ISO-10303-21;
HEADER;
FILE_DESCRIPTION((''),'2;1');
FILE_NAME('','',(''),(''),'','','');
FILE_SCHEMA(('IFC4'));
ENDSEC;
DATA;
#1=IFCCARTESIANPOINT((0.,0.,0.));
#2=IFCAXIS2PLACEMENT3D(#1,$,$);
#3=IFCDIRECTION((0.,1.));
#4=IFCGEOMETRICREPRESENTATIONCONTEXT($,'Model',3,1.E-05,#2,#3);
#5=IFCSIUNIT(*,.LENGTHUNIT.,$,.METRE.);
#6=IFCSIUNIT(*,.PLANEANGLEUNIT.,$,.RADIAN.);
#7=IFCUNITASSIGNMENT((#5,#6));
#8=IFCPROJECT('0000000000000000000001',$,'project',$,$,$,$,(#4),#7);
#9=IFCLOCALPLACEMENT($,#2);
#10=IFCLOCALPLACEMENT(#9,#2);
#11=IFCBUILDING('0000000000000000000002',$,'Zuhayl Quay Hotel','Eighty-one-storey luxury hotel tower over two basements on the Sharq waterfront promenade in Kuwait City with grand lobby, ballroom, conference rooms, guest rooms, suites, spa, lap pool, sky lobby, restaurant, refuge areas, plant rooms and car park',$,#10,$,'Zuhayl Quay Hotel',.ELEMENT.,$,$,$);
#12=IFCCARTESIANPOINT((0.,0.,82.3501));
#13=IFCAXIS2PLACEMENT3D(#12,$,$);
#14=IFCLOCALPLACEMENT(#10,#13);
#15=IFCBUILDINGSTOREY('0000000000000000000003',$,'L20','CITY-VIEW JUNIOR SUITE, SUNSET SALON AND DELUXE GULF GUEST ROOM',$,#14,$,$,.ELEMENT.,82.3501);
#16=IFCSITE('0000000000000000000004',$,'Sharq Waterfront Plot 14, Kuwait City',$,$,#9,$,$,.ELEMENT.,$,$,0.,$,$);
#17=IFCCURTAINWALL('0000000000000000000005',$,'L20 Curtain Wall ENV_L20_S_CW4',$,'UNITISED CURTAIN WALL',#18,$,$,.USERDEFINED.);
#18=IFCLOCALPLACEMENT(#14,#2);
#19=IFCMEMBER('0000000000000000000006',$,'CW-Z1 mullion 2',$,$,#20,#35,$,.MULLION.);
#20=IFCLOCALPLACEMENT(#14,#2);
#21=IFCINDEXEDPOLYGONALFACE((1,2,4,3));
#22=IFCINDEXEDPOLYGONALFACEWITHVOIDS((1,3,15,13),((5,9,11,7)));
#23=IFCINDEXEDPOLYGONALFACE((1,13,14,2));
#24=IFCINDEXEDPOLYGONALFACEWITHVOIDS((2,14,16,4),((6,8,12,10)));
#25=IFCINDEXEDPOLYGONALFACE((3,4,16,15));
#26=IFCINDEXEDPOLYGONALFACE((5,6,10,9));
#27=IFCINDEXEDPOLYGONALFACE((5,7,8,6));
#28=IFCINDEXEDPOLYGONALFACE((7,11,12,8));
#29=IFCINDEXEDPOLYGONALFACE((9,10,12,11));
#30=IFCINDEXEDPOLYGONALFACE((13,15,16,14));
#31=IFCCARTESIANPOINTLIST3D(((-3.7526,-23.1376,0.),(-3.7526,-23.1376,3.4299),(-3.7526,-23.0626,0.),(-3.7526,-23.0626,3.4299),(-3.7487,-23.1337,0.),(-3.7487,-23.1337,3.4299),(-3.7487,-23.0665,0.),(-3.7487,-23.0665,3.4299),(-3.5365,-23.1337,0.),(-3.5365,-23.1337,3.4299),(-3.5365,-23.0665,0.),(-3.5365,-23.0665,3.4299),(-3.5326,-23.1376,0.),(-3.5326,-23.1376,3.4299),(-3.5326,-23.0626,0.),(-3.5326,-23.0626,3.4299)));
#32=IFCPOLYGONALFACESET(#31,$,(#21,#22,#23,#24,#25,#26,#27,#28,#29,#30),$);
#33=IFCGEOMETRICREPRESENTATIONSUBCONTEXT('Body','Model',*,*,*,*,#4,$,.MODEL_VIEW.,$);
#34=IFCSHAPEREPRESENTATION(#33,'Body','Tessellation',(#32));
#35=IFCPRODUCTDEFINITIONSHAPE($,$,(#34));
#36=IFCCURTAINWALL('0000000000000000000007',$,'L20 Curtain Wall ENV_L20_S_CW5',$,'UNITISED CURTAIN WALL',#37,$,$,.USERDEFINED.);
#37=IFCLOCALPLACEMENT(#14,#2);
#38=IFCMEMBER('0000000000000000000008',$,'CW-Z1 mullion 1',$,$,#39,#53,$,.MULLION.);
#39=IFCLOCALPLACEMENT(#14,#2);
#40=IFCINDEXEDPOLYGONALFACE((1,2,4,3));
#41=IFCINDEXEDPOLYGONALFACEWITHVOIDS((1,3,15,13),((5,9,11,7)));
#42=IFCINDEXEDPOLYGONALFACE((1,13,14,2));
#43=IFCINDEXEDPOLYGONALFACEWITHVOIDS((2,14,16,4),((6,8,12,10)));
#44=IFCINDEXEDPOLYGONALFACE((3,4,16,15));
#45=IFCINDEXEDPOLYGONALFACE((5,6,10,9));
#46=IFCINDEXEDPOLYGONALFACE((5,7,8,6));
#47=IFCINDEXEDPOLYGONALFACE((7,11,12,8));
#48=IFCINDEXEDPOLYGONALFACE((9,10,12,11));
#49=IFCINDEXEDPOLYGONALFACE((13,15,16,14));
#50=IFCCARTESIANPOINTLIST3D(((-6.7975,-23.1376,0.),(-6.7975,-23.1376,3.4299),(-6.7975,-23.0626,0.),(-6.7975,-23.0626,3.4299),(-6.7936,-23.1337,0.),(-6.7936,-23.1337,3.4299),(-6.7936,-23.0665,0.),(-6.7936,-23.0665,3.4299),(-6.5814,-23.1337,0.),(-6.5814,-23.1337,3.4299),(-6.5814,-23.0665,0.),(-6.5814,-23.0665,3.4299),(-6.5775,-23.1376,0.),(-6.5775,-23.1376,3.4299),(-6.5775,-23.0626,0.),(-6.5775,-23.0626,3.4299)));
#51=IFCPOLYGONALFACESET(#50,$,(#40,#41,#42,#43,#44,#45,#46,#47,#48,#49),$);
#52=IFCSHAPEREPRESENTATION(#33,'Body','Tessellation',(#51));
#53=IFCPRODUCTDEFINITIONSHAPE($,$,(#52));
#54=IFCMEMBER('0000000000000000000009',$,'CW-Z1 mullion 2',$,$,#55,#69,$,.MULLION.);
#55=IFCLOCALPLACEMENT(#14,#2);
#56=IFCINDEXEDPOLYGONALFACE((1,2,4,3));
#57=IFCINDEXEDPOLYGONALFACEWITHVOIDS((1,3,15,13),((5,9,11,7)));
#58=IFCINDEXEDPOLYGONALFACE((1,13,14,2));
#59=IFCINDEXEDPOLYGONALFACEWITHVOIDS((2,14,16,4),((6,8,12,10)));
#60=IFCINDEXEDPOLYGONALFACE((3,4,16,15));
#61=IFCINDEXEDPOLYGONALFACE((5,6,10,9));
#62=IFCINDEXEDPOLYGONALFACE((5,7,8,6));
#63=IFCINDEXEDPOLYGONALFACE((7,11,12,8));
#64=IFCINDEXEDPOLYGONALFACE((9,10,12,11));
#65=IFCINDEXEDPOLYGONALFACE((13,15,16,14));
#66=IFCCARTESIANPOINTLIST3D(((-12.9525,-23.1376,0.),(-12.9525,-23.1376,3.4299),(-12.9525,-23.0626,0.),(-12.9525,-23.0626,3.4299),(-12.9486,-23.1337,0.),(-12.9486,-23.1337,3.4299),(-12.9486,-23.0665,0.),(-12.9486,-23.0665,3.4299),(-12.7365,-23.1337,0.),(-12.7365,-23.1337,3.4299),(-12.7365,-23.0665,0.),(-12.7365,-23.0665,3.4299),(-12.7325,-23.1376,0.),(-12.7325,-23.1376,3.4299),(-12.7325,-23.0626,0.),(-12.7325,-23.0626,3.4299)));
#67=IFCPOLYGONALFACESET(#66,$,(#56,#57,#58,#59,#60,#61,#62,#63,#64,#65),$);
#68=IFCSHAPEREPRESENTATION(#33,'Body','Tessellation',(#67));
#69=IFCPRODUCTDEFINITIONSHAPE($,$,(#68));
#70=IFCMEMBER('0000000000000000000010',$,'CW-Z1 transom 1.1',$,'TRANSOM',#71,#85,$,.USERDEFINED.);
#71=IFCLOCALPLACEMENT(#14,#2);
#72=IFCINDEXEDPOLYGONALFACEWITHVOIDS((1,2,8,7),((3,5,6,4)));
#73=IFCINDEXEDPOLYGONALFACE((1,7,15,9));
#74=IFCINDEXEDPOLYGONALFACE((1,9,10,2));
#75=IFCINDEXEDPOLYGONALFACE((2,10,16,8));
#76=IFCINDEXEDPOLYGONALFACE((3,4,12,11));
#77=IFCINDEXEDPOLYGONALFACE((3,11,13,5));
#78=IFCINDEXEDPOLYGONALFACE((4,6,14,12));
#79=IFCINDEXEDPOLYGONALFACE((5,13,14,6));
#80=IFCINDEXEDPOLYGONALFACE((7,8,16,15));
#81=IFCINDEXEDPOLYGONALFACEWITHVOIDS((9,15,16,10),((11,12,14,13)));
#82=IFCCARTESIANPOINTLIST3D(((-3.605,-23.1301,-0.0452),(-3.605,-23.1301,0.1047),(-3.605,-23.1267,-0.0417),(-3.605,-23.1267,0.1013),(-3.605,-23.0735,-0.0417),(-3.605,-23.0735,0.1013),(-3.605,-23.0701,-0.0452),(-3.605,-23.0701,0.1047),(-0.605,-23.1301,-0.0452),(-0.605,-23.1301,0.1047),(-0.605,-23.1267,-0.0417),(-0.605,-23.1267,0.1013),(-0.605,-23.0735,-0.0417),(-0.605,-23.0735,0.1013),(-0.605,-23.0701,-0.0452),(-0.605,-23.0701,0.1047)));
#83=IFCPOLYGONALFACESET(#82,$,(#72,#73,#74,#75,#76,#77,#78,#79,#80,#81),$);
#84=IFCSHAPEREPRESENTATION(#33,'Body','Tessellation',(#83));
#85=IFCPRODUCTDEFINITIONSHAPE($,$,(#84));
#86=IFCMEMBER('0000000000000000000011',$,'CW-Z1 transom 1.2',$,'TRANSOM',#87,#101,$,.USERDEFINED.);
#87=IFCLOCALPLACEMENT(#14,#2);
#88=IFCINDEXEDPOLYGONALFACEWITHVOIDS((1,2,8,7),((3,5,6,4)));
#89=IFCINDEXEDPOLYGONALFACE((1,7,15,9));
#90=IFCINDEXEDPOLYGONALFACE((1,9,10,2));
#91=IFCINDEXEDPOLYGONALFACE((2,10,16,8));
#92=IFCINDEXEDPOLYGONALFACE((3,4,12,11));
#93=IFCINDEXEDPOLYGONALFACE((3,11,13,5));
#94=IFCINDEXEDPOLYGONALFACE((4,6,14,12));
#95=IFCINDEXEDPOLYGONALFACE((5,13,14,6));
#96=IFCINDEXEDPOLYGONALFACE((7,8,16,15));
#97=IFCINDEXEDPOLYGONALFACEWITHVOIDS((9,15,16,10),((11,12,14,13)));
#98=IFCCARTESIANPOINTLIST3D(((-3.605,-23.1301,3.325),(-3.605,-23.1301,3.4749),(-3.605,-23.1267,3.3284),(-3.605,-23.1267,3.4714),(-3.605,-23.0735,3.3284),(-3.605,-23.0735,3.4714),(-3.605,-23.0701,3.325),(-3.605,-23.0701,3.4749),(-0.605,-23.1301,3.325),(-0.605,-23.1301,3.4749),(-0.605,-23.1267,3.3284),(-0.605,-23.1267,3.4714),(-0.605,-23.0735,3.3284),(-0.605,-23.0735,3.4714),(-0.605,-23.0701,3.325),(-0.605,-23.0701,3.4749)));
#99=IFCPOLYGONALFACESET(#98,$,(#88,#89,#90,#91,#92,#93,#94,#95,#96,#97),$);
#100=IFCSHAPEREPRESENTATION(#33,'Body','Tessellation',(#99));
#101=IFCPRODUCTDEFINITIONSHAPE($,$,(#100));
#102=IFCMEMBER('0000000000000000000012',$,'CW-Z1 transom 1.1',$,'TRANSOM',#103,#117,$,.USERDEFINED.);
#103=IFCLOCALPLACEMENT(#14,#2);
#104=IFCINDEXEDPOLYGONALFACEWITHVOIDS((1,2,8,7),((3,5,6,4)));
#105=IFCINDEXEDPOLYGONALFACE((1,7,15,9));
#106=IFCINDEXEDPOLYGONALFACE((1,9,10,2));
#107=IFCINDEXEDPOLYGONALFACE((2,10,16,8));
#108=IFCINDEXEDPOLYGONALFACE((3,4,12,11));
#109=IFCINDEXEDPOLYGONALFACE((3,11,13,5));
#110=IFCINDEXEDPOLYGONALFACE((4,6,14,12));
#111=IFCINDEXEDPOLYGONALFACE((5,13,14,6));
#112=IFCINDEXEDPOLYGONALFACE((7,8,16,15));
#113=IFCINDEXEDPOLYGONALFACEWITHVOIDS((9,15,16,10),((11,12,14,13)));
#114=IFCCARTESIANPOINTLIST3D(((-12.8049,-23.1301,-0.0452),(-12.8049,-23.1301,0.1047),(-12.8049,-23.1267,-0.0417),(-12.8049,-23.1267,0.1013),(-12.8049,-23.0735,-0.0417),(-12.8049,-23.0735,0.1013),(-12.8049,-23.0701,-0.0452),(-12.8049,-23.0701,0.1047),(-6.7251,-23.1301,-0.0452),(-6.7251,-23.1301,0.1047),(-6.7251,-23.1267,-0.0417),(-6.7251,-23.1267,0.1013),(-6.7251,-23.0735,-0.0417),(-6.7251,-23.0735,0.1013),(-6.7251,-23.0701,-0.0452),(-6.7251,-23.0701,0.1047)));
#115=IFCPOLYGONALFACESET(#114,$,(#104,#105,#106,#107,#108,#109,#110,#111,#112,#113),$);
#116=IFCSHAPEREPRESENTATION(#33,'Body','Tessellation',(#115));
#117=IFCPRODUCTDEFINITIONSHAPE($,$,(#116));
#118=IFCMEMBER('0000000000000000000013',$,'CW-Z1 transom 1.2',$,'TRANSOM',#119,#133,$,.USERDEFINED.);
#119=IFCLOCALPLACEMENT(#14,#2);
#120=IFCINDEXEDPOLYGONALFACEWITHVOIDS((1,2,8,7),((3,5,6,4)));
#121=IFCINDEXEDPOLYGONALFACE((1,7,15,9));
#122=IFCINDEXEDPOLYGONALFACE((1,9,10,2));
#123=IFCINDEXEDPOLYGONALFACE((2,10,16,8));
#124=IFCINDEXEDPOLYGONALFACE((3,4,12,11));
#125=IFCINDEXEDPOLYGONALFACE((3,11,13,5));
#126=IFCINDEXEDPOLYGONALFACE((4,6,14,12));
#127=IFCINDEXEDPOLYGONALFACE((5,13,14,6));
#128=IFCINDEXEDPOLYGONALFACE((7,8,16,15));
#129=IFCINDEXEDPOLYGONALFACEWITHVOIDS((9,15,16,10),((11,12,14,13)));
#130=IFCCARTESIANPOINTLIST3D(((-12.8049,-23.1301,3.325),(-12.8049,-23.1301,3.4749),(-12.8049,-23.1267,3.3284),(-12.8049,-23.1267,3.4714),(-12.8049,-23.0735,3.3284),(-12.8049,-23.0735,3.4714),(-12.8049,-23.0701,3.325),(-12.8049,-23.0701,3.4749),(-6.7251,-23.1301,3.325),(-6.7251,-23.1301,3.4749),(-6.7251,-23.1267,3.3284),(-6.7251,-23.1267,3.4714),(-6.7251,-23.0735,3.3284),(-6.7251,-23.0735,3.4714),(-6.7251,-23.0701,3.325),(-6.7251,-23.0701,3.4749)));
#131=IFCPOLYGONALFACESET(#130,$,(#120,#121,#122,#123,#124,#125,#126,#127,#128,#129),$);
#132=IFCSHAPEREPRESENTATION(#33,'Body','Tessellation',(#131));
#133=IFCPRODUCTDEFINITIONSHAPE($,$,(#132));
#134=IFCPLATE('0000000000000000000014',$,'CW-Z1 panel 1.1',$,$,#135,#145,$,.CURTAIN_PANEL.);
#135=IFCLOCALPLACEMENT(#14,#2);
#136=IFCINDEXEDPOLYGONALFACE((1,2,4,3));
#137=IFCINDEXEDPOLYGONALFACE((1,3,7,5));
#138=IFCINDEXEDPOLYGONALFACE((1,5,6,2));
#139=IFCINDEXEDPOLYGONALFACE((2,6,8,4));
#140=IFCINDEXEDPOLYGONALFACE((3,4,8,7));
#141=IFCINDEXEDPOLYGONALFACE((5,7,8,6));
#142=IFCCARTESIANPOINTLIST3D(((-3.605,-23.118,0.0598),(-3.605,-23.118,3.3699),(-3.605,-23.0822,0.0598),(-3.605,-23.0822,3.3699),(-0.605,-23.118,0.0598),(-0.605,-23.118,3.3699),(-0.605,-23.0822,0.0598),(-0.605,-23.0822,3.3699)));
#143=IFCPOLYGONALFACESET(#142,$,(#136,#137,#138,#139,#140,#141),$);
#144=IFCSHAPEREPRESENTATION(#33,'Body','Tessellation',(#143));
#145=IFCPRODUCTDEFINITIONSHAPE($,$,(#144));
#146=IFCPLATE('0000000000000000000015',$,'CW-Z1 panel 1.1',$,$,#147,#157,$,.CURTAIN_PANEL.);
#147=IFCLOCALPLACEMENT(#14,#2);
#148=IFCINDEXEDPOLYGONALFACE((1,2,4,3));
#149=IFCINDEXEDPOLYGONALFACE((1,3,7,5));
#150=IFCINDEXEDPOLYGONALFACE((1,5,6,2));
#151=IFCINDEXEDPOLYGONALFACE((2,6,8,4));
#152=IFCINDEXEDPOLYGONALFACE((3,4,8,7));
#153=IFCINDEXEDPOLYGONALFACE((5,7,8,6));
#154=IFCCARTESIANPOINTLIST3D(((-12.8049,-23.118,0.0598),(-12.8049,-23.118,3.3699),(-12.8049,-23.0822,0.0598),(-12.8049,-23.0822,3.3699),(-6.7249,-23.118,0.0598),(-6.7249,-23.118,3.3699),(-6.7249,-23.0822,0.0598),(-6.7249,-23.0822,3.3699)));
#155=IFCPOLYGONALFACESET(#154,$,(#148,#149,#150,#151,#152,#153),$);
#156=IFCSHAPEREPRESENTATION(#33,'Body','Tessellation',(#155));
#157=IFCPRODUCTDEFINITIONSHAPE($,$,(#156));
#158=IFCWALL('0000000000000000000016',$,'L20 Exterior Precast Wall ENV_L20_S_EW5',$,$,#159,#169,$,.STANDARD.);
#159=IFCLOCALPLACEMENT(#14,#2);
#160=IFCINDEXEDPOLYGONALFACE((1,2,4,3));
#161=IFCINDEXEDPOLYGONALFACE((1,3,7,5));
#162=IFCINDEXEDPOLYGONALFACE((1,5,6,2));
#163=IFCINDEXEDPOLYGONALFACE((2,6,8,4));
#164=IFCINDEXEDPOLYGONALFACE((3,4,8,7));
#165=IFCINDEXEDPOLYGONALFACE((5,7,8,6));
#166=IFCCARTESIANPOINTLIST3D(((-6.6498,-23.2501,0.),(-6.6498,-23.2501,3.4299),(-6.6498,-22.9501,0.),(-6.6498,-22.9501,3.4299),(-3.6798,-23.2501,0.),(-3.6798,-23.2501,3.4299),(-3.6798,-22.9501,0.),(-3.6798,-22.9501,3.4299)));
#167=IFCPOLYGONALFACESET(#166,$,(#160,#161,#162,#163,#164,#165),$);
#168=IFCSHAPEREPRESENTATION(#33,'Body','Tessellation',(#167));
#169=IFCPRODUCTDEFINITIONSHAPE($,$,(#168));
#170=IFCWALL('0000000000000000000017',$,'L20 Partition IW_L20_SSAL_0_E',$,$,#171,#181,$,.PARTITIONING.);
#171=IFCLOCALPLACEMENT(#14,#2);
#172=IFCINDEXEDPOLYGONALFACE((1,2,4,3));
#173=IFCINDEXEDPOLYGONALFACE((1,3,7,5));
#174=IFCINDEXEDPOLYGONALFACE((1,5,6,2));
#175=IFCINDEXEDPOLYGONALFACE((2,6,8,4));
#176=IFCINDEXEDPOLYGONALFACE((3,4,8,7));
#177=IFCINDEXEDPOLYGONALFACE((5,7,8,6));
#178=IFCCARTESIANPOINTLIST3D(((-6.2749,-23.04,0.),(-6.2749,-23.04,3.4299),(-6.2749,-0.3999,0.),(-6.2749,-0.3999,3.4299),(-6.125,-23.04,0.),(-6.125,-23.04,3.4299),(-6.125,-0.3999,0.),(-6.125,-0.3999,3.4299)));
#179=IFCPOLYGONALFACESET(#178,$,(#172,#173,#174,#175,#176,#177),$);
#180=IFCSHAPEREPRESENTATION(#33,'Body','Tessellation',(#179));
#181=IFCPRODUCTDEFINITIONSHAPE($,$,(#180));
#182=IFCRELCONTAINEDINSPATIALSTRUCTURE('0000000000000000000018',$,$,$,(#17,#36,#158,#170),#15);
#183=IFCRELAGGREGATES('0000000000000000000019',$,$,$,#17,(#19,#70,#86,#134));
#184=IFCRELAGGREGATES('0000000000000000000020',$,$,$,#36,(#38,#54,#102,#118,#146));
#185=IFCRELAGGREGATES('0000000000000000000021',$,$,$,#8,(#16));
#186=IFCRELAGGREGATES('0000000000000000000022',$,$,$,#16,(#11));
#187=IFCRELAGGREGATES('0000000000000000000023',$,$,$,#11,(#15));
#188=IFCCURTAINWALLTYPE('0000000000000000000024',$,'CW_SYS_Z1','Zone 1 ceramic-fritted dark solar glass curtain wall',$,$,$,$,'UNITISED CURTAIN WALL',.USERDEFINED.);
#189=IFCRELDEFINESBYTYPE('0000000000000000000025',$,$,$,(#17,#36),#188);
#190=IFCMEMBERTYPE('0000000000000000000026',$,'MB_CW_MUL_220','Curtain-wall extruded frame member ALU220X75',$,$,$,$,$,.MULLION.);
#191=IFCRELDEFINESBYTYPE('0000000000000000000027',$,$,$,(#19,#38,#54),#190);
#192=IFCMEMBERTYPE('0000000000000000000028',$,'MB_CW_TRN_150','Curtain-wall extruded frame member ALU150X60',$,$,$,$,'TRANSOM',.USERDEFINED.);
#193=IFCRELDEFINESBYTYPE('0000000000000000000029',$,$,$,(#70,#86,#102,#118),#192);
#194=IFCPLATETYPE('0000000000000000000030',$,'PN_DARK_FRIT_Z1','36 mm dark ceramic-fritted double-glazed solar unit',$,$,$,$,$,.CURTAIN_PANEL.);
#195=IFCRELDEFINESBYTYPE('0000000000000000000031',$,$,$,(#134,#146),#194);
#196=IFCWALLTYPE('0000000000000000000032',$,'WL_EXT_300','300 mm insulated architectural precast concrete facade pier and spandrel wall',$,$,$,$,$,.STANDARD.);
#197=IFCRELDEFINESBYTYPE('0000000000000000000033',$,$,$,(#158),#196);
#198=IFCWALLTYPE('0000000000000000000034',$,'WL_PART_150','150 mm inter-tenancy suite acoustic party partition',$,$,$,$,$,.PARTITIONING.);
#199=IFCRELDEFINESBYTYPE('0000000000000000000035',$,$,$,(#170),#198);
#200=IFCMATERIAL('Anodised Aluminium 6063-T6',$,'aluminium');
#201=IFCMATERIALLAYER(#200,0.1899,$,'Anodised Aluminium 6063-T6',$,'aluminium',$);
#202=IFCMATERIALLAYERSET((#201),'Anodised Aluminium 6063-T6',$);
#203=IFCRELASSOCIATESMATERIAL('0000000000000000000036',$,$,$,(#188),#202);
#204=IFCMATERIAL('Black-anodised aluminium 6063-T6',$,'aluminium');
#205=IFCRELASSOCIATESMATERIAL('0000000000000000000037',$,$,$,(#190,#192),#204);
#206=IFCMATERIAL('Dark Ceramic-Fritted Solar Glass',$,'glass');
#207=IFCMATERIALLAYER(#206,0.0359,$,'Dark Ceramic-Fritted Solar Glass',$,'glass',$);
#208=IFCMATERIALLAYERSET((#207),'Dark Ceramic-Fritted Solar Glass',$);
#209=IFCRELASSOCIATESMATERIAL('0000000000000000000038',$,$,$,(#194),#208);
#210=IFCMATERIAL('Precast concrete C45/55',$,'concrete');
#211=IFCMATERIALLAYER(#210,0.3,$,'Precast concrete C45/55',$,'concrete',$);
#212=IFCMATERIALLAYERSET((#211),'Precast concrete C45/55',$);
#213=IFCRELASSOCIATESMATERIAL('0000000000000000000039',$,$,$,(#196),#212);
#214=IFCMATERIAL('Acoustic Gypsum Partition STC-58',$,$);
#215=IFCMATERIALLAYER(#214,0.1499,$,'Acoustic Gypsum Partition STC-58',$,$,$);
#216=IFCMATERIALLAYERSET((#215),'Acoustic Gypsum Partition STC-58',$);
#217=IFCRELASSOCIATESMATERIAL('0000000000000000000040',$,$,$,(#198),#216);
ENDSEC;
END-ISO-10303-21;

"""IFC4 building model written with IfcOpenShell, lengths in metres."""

from ifc_helpers import new_model, si_unit, direction, frame, frame_2d, origin, origin_2d, place, context, subcontext, project, spatial, rectangle, hollow_rectangle, extrude, material, layer, layer_set, material_profile, profile_set, type_object, element, aggregate, save


model = new_model("IFC4")

# Units and contexts
model_context = context("Model", 3, precision=1e-05, world=origin(), true_north=direction((0.0, 1.0)))
body_context = subcontext(model_context, "Body", "Model", "MODEL_VIEW")
ifc_project = project(units=[si_unit("LENGTHUNIT", "METRE"), si_unit("PLANEANGLEUNIT", "RADIAN")], contexts=[model_context])

# Site, building, storey
site_placement = place(None, origin())
site = spatial("IfcSite", under=ifc_project, at=site_placement, Name="Sharq Waterfront Plot 14, Kuwait City", CompositionType="ELEMENT", RefElevation=0.0)
building_placement = place(site_placement, origin())
building = spatial("IfcBuilding", under=site, at=building_placement, Name="Zuhayl Quay Hotel", Description="Eighty-one-storey luxury hotel tower over two basements on the Sharq waterfront promenade in Kuwait City with grand lobby, ballroom, conference rooms, guest rooms, suites, spa, lap pool, sky lobby, restaurant, refuge areas, plant rooms and car park", LongName="Zuhayl Quay Hotel", CompositionType="ELEMENT")
storey_placement = place(building_placement, frame((0.0, 0.0, 82.3501)))
storey = spatial("IfcBuildingStorey", under=building, at=storey_placement, Name="L20", Description="CITY-VIEW JUNIOR SUITE, SUNSET SALON AND DELUXE GULF GUEST ROOM", CompositionType="ELEMENT", Elevation=82.3501)

# Curtain walls, members
ifc_material_1 = material(Name="Anodised Aluminium 6063-T6", Category="aluminium")
ifc_layer_1 = layer(ifc_material_1, 0.1899, Name="Anodised Aluminium 6063-T6", Category="aluminium")
ifc_layer_set_1 = layer_set([ifc_layer_1], Name="Anodised Aluminium 6063-T6")
curtain_wall_type = type_object("IfcCurtainWallType", Name="CW_SYS_Z1", Description="Zone 1 ceramic-fritted dark solar glass curtain wall", ElementType="UNITISED CURTAIN WALL", PredefinedType="USERDEFINED", material=ifc_layer_set_1)
curtain_wall_1_placement = place(storey_placement, origin())
curtain_wall_1 = element("IfcCurtainWall", 1, at=curtain_wall_1_placement, inside=storey, type_object=curtain_wall_type, Name="L20 Curtain Wall ENV_L20_S_CW4", ObjectType="UNITISED CURTAIN WALL", PredefinedType="USERDEFINED")
ifc_material_2 = material(Name="Black-anodised aluminium 6063-T6", Category="aluminium")
ifc_material_profile_1 = material_profile(ifc_material_2, hollow_rectangle(XDim=0.075, YDim=0.22, WallThickness=0.0039, at=origin_2d()), Name="ALU220X75")
ifc_profile_set_1 = profile_set([ifc_material_profile_1], Name="Black-anodised aluminium 6063-T6")
member_type_1 = type_object("IfcMemberType", Name="MB_CW_MUL_220", Description="Curtain-wall extruded frame member ALU220X75", PredefinedType="MULLION", material=ifc_profile_set_1)
member_1_placement = place(storey_placement, frame((-3.6426, -23.1001, 0.0), z_axis=(0.0, 0.0, 1.0), x_axis=(0.0, -1.0, 0.0)))
member_1 = element("IfcMember", 2, at=member_1_placement, type_object=member_type_1, Name="CW-Z1 mullion 2", PredefinedType="MULLION", context=body_context, shape_type="SweptSolid", body=[
    extrude(hollow_rectangle(XDim=0.075, YDim=0.22, WallThickness=0.0039, at=origin_2d()), origin(), (0.0, 0.0, 1.0), 3.4299),
])
curtain_wall_2_placement = place(storey_placement, origin())
curtain_wall_2 = element("IfcCurtainWall", 3, at=curtain_wall_2_placement, inside=storey, type_object=curtain_wall_type, Name="L20 Curtain Wall ENV_L20_S_CW5", ObjectType="UNITISED CURTAIN WALL", PredefinedType="USERDEFINED")
member_2_placement = place(storey_placement, frame((-6.6875, -23.1001, 0.0), z_axis=(0.0, 0.0, 1.0), x_axis=(0.0, -1.0, 0.0)))
member_2 = element("IfcMember", 4, at=member_2_placement, type_object=member_type_1, Name="CW-Z1 mullion 1", PredefinedType="MULLION", context=body_context, shape_type="SweptSolid", body=[
    extrude(hollow_rectangle(XDim=0.075, YDim=0.22, WallThickness=0.0039, at=origin_2d()), origin(), (0.0, 0.0, 1.0), 3.4299),
])
member_3_placement = place(storey_placement, frame((-12.8425, -23.1001, 0.0), z_axis=(0.0, 0.0, 1.0), x_axis=(0.0, -1.0, 0.0)))
member_3 = element("IfcMember", 5, at=member_3_placement, type_object=member_type_1, Name="CW-Z1 mullion 2", PredefinedType="MULLION", context=body_context, shape_type="SweptSolid", body=[
    extrude(hollow_rectangle(XDim=0.075, YDim=0.22, WallThickness=0.0039, at=origin_2d()), origin(), (0.0, 0.0, 1.0), 3.4299),
])

# Members
ifc_material_profile_2 = material_profile(ifc_material_2, hollow_rectangle(XDim=0.0601, YDim=0.1499, WallThickness=0.0034, at=origin_2d()), Name="ALU150X60")
ifc_profile_set_2 = profile_set([ifc_material_profile_2], Name="Black-anodised aluminium 6063-T6")
member_type_2 = type_object("IfcMemberType", Name="MB_CW_TRN_150", Description="Curtain-wall extruded frame member ALU150X60", ElementType="TRANSOM", PredefinedType="USERDEFINED", material=ifc_profile_set_2)
member_4_placement = place(storey_placement, frame((-0.605, -23.1001, 0.0298), z_axis=(-1.0, 0.0, 0.0), x_axis=(0.0, -1.0, 0.0)))
member_4 = element("IfcMember", 6, at=member_4_placement, type_object=member_type_2, Name="CW-Z1 transom 1.1", ObjectType="TRANSOM", PredefinedType="USERDEFINED", context=body_context, shape_type="SweptSolid", body=[
    extrude(hollow_rectangle(XDim=0.0601, YDim=0.1499, WallThickness=0.0034, at=origin_2d()), origin(), (0.0, 0.0, 1.0), 3.0),
])
member_5_placement = place(storey_placement, frame((-0.605, -23.1001, 3.3999), z_axis=(-1.0, 0.0, 0.0), x_axis=(0.0, -1.0, 0.0)))
member_5 = element("IfcMember", 7, at=member_5_placement, type_object=member_type_2, Name="CW-Z1 transom 1.2", ObjectType="TRANSOM", PredefinedType="USERDEFINED", context=body_context, shape_type="SweptSolid", body=[
    extrude(hollow_rectangle(XDim=0.0601, YDim=0.1499, WallThickness=0.0034, at=origin_2d()), origin(), (0.0, 0.0, 1.0), 3.0),
])
member_6_placement = place(storey_placement, frame((-6.7251, -23.1001, 0.0298), z_axis=(-1.0, 0.0, 0.0), x_axis=(0.0, -1.0, 0.0)))
member_6 = element("IfcMember", 8, at=member_6_placement, type_object=member_type_2, Name="CW-Z1 transom 1.1", ObjectType="TRANSOM", PredefinedType="USERDEFINED", context=body_context, shape_type="SweptSolid", body=[
    extrude(hollow_rectangle(XDim=0.0601, YDim=0.1499, WallThickness=0.0034, at=origin_2d()), origin(), (0.0, 0.0, 1.0), 6.0798),
])
member_7_placement = place(storey_placement, frame((-6.7251, -23.1001, 3.3999), z_axis=(-1.0, 0.0, 0.0), x_axis=(0.0, -1.0, 0.0)))
member_7 = element("IfcMember", 9, at=member_7_placement, type_object=member_type_2, Name="CW-Z1 transom 1.2", ObjectType="TRANSOM", PredefinedType="USERDEFINED", context=body_context, shape_type="SweptSolid", body=[
    extrude(hollow_rectangle(XDim=0.0601, YDim=0.1499, WallThickness=0.0034, at=origin_2d()), origin(), (0.0, 0.0, 1.0), 6.0798),
])

# Plates
ifc_material_3 = material(Name="Dark Ceramic-Fritted Solar Glass", Category="glass")
ifc_layer_2 = layer(ifc_material_3, 0.0359, Name="Dark Ceramic-Fritted Solar Glass", Category="glass")
ifc_layer_set_2 = layer_set([ifc_layer_2], Name="Dark Ceramic-Fritted Solar Glass")
plate_type = type_object("IfcPlateType", Name="PN_DARK_FRIT_Z1", Description="36 mm dark ceramic-fritted double-glazed solar unit", PredefinedType="CURTAIN_PANEL", material=ifc_layer_set_2)
plate_1_placement = place(storey_placement, frame((-2.105, -23.1001, 0.0598), z_axis=(0.0, 0.0, 1.0), x_axis=(-1.0, 0.0, 0.0)))
plate_1 = element("IfcPlate", 10, at=plate_1_placement, type_object=plate_type, Name="CW-Z1 panel 1.1", PredefinedType="CURTAIN_PANEL", context=body_context, shape_type="SweptSolid", body=[
    extrude(rectangle(XDim=3.0, YDim=0.0359, at=origin_2d()), origin(), (0.0, 0.0, 1.0), 3.3101),
])
aggregate(curtain_wall_1, [member_1, member_4, member_5, plate_1])
plate_2_placement = place(storey_placement, frame((-9.7649, -23.1001, 0.0598), z_axis=(0.0, 0.0, 1.0), x_axis=(-1.0, 0.0, 0.0)))
plate_2 = element("IfcPlate", 11, at=plate_2_placement, type_object=plate_type, Name="CW-Z1 panel 1.1", PredefinedType="CURTAIN_PANEL", context=body_context, shape_type="SweptSolid", body=[
    extrude(rectangle(XDim=6.0801, YDim=0.0359, at=origin_2d()), origin(), (0.0, 0.0, 1.0), 3.3101),
])
aggregate(curtain_wall_2, [member_2, member_3, member_6, member_7, plate_2])

# Walls
ifc_material_4 = material(Name="Precast concrete C45/55", Category="concrete")
ifc_layer_3 = layer(ifc_material_4, 0.3, Name="Precast concrete C45/55", Category="concrete")
ifc_layer_set_3 = layer_set([ifc_layer_3], Name="Precast concrete C45/55")
wall_type_1 = type_object("IfcWallType", Name="WL_EXT_300", Description="300 mm insulated architectural precast concrete facade pier and spandrel wall", PredefinedType="STANDARD", material=ifc_layer_set_3)
wall_1_placement = place(storey_placement, frame((-3.6799, -23.1001, 0.0), z_axis=(0.0, 0.0, 1.0), x_axis=(-1.0, 0.0, 0.0)))
element("IfcWall", 12, at=wall_1_placement, inside=storey, type_object=wall_type_1, Name="L20 Exterior Precast Wall ENV_L20_S_EW5", PredefinedType="STANDARD", context=body_context, shape_type="SweptSolid", body=[
    extrude(rectangle(XDim=2.97, YDim=0.3, at=frame_2d((1.4849, 0.0))), origin(), (0.0, 0.0, 1.0), 3.4299),
])
ifc_material_5 = material(Name="Acoustic Gypsum Partition STC-58")
ifc_layer_4 = layer(ifc_material_5, 0.1499, Name="Acoustic Gypsum Partition STC-58")
ifc_layer_set_4 = layer_set([ifc_layer_4], Name="Acoustic Gypsum Partition STC-58")
wall_type_2 = type_object("IfcWallType", Name="WL_PART_150", Description="150 mm inter-tenancy suite acoustic party partition", PredefinedType="PARTITIONING", material=ifc_layer_set_4)
wall_2_placement = place(storey_placement, frame((-6.2, -23.04, 0.0), z_axis=(0.0, 0.0, 1.0), x_axis=(0.0, 1.0, 0.0)))
element("IfcWall", 13, at=wall_2_placement, inside=storey, type_object=wall_type_2, Name="L20 Partition IW_L20_SSAL_0_E", PredefinedType="PARTITIONING", context=body_context, shape_type="SweptSolid", body=[
    extrude(rectangle(XDim=22.6401, YDim=0.1499, at=frame_2d((11.3201, 0.0))), origin(), (0.0, 0.0, 1.0), 3.4299),
])

save(model, "model.ifc")
